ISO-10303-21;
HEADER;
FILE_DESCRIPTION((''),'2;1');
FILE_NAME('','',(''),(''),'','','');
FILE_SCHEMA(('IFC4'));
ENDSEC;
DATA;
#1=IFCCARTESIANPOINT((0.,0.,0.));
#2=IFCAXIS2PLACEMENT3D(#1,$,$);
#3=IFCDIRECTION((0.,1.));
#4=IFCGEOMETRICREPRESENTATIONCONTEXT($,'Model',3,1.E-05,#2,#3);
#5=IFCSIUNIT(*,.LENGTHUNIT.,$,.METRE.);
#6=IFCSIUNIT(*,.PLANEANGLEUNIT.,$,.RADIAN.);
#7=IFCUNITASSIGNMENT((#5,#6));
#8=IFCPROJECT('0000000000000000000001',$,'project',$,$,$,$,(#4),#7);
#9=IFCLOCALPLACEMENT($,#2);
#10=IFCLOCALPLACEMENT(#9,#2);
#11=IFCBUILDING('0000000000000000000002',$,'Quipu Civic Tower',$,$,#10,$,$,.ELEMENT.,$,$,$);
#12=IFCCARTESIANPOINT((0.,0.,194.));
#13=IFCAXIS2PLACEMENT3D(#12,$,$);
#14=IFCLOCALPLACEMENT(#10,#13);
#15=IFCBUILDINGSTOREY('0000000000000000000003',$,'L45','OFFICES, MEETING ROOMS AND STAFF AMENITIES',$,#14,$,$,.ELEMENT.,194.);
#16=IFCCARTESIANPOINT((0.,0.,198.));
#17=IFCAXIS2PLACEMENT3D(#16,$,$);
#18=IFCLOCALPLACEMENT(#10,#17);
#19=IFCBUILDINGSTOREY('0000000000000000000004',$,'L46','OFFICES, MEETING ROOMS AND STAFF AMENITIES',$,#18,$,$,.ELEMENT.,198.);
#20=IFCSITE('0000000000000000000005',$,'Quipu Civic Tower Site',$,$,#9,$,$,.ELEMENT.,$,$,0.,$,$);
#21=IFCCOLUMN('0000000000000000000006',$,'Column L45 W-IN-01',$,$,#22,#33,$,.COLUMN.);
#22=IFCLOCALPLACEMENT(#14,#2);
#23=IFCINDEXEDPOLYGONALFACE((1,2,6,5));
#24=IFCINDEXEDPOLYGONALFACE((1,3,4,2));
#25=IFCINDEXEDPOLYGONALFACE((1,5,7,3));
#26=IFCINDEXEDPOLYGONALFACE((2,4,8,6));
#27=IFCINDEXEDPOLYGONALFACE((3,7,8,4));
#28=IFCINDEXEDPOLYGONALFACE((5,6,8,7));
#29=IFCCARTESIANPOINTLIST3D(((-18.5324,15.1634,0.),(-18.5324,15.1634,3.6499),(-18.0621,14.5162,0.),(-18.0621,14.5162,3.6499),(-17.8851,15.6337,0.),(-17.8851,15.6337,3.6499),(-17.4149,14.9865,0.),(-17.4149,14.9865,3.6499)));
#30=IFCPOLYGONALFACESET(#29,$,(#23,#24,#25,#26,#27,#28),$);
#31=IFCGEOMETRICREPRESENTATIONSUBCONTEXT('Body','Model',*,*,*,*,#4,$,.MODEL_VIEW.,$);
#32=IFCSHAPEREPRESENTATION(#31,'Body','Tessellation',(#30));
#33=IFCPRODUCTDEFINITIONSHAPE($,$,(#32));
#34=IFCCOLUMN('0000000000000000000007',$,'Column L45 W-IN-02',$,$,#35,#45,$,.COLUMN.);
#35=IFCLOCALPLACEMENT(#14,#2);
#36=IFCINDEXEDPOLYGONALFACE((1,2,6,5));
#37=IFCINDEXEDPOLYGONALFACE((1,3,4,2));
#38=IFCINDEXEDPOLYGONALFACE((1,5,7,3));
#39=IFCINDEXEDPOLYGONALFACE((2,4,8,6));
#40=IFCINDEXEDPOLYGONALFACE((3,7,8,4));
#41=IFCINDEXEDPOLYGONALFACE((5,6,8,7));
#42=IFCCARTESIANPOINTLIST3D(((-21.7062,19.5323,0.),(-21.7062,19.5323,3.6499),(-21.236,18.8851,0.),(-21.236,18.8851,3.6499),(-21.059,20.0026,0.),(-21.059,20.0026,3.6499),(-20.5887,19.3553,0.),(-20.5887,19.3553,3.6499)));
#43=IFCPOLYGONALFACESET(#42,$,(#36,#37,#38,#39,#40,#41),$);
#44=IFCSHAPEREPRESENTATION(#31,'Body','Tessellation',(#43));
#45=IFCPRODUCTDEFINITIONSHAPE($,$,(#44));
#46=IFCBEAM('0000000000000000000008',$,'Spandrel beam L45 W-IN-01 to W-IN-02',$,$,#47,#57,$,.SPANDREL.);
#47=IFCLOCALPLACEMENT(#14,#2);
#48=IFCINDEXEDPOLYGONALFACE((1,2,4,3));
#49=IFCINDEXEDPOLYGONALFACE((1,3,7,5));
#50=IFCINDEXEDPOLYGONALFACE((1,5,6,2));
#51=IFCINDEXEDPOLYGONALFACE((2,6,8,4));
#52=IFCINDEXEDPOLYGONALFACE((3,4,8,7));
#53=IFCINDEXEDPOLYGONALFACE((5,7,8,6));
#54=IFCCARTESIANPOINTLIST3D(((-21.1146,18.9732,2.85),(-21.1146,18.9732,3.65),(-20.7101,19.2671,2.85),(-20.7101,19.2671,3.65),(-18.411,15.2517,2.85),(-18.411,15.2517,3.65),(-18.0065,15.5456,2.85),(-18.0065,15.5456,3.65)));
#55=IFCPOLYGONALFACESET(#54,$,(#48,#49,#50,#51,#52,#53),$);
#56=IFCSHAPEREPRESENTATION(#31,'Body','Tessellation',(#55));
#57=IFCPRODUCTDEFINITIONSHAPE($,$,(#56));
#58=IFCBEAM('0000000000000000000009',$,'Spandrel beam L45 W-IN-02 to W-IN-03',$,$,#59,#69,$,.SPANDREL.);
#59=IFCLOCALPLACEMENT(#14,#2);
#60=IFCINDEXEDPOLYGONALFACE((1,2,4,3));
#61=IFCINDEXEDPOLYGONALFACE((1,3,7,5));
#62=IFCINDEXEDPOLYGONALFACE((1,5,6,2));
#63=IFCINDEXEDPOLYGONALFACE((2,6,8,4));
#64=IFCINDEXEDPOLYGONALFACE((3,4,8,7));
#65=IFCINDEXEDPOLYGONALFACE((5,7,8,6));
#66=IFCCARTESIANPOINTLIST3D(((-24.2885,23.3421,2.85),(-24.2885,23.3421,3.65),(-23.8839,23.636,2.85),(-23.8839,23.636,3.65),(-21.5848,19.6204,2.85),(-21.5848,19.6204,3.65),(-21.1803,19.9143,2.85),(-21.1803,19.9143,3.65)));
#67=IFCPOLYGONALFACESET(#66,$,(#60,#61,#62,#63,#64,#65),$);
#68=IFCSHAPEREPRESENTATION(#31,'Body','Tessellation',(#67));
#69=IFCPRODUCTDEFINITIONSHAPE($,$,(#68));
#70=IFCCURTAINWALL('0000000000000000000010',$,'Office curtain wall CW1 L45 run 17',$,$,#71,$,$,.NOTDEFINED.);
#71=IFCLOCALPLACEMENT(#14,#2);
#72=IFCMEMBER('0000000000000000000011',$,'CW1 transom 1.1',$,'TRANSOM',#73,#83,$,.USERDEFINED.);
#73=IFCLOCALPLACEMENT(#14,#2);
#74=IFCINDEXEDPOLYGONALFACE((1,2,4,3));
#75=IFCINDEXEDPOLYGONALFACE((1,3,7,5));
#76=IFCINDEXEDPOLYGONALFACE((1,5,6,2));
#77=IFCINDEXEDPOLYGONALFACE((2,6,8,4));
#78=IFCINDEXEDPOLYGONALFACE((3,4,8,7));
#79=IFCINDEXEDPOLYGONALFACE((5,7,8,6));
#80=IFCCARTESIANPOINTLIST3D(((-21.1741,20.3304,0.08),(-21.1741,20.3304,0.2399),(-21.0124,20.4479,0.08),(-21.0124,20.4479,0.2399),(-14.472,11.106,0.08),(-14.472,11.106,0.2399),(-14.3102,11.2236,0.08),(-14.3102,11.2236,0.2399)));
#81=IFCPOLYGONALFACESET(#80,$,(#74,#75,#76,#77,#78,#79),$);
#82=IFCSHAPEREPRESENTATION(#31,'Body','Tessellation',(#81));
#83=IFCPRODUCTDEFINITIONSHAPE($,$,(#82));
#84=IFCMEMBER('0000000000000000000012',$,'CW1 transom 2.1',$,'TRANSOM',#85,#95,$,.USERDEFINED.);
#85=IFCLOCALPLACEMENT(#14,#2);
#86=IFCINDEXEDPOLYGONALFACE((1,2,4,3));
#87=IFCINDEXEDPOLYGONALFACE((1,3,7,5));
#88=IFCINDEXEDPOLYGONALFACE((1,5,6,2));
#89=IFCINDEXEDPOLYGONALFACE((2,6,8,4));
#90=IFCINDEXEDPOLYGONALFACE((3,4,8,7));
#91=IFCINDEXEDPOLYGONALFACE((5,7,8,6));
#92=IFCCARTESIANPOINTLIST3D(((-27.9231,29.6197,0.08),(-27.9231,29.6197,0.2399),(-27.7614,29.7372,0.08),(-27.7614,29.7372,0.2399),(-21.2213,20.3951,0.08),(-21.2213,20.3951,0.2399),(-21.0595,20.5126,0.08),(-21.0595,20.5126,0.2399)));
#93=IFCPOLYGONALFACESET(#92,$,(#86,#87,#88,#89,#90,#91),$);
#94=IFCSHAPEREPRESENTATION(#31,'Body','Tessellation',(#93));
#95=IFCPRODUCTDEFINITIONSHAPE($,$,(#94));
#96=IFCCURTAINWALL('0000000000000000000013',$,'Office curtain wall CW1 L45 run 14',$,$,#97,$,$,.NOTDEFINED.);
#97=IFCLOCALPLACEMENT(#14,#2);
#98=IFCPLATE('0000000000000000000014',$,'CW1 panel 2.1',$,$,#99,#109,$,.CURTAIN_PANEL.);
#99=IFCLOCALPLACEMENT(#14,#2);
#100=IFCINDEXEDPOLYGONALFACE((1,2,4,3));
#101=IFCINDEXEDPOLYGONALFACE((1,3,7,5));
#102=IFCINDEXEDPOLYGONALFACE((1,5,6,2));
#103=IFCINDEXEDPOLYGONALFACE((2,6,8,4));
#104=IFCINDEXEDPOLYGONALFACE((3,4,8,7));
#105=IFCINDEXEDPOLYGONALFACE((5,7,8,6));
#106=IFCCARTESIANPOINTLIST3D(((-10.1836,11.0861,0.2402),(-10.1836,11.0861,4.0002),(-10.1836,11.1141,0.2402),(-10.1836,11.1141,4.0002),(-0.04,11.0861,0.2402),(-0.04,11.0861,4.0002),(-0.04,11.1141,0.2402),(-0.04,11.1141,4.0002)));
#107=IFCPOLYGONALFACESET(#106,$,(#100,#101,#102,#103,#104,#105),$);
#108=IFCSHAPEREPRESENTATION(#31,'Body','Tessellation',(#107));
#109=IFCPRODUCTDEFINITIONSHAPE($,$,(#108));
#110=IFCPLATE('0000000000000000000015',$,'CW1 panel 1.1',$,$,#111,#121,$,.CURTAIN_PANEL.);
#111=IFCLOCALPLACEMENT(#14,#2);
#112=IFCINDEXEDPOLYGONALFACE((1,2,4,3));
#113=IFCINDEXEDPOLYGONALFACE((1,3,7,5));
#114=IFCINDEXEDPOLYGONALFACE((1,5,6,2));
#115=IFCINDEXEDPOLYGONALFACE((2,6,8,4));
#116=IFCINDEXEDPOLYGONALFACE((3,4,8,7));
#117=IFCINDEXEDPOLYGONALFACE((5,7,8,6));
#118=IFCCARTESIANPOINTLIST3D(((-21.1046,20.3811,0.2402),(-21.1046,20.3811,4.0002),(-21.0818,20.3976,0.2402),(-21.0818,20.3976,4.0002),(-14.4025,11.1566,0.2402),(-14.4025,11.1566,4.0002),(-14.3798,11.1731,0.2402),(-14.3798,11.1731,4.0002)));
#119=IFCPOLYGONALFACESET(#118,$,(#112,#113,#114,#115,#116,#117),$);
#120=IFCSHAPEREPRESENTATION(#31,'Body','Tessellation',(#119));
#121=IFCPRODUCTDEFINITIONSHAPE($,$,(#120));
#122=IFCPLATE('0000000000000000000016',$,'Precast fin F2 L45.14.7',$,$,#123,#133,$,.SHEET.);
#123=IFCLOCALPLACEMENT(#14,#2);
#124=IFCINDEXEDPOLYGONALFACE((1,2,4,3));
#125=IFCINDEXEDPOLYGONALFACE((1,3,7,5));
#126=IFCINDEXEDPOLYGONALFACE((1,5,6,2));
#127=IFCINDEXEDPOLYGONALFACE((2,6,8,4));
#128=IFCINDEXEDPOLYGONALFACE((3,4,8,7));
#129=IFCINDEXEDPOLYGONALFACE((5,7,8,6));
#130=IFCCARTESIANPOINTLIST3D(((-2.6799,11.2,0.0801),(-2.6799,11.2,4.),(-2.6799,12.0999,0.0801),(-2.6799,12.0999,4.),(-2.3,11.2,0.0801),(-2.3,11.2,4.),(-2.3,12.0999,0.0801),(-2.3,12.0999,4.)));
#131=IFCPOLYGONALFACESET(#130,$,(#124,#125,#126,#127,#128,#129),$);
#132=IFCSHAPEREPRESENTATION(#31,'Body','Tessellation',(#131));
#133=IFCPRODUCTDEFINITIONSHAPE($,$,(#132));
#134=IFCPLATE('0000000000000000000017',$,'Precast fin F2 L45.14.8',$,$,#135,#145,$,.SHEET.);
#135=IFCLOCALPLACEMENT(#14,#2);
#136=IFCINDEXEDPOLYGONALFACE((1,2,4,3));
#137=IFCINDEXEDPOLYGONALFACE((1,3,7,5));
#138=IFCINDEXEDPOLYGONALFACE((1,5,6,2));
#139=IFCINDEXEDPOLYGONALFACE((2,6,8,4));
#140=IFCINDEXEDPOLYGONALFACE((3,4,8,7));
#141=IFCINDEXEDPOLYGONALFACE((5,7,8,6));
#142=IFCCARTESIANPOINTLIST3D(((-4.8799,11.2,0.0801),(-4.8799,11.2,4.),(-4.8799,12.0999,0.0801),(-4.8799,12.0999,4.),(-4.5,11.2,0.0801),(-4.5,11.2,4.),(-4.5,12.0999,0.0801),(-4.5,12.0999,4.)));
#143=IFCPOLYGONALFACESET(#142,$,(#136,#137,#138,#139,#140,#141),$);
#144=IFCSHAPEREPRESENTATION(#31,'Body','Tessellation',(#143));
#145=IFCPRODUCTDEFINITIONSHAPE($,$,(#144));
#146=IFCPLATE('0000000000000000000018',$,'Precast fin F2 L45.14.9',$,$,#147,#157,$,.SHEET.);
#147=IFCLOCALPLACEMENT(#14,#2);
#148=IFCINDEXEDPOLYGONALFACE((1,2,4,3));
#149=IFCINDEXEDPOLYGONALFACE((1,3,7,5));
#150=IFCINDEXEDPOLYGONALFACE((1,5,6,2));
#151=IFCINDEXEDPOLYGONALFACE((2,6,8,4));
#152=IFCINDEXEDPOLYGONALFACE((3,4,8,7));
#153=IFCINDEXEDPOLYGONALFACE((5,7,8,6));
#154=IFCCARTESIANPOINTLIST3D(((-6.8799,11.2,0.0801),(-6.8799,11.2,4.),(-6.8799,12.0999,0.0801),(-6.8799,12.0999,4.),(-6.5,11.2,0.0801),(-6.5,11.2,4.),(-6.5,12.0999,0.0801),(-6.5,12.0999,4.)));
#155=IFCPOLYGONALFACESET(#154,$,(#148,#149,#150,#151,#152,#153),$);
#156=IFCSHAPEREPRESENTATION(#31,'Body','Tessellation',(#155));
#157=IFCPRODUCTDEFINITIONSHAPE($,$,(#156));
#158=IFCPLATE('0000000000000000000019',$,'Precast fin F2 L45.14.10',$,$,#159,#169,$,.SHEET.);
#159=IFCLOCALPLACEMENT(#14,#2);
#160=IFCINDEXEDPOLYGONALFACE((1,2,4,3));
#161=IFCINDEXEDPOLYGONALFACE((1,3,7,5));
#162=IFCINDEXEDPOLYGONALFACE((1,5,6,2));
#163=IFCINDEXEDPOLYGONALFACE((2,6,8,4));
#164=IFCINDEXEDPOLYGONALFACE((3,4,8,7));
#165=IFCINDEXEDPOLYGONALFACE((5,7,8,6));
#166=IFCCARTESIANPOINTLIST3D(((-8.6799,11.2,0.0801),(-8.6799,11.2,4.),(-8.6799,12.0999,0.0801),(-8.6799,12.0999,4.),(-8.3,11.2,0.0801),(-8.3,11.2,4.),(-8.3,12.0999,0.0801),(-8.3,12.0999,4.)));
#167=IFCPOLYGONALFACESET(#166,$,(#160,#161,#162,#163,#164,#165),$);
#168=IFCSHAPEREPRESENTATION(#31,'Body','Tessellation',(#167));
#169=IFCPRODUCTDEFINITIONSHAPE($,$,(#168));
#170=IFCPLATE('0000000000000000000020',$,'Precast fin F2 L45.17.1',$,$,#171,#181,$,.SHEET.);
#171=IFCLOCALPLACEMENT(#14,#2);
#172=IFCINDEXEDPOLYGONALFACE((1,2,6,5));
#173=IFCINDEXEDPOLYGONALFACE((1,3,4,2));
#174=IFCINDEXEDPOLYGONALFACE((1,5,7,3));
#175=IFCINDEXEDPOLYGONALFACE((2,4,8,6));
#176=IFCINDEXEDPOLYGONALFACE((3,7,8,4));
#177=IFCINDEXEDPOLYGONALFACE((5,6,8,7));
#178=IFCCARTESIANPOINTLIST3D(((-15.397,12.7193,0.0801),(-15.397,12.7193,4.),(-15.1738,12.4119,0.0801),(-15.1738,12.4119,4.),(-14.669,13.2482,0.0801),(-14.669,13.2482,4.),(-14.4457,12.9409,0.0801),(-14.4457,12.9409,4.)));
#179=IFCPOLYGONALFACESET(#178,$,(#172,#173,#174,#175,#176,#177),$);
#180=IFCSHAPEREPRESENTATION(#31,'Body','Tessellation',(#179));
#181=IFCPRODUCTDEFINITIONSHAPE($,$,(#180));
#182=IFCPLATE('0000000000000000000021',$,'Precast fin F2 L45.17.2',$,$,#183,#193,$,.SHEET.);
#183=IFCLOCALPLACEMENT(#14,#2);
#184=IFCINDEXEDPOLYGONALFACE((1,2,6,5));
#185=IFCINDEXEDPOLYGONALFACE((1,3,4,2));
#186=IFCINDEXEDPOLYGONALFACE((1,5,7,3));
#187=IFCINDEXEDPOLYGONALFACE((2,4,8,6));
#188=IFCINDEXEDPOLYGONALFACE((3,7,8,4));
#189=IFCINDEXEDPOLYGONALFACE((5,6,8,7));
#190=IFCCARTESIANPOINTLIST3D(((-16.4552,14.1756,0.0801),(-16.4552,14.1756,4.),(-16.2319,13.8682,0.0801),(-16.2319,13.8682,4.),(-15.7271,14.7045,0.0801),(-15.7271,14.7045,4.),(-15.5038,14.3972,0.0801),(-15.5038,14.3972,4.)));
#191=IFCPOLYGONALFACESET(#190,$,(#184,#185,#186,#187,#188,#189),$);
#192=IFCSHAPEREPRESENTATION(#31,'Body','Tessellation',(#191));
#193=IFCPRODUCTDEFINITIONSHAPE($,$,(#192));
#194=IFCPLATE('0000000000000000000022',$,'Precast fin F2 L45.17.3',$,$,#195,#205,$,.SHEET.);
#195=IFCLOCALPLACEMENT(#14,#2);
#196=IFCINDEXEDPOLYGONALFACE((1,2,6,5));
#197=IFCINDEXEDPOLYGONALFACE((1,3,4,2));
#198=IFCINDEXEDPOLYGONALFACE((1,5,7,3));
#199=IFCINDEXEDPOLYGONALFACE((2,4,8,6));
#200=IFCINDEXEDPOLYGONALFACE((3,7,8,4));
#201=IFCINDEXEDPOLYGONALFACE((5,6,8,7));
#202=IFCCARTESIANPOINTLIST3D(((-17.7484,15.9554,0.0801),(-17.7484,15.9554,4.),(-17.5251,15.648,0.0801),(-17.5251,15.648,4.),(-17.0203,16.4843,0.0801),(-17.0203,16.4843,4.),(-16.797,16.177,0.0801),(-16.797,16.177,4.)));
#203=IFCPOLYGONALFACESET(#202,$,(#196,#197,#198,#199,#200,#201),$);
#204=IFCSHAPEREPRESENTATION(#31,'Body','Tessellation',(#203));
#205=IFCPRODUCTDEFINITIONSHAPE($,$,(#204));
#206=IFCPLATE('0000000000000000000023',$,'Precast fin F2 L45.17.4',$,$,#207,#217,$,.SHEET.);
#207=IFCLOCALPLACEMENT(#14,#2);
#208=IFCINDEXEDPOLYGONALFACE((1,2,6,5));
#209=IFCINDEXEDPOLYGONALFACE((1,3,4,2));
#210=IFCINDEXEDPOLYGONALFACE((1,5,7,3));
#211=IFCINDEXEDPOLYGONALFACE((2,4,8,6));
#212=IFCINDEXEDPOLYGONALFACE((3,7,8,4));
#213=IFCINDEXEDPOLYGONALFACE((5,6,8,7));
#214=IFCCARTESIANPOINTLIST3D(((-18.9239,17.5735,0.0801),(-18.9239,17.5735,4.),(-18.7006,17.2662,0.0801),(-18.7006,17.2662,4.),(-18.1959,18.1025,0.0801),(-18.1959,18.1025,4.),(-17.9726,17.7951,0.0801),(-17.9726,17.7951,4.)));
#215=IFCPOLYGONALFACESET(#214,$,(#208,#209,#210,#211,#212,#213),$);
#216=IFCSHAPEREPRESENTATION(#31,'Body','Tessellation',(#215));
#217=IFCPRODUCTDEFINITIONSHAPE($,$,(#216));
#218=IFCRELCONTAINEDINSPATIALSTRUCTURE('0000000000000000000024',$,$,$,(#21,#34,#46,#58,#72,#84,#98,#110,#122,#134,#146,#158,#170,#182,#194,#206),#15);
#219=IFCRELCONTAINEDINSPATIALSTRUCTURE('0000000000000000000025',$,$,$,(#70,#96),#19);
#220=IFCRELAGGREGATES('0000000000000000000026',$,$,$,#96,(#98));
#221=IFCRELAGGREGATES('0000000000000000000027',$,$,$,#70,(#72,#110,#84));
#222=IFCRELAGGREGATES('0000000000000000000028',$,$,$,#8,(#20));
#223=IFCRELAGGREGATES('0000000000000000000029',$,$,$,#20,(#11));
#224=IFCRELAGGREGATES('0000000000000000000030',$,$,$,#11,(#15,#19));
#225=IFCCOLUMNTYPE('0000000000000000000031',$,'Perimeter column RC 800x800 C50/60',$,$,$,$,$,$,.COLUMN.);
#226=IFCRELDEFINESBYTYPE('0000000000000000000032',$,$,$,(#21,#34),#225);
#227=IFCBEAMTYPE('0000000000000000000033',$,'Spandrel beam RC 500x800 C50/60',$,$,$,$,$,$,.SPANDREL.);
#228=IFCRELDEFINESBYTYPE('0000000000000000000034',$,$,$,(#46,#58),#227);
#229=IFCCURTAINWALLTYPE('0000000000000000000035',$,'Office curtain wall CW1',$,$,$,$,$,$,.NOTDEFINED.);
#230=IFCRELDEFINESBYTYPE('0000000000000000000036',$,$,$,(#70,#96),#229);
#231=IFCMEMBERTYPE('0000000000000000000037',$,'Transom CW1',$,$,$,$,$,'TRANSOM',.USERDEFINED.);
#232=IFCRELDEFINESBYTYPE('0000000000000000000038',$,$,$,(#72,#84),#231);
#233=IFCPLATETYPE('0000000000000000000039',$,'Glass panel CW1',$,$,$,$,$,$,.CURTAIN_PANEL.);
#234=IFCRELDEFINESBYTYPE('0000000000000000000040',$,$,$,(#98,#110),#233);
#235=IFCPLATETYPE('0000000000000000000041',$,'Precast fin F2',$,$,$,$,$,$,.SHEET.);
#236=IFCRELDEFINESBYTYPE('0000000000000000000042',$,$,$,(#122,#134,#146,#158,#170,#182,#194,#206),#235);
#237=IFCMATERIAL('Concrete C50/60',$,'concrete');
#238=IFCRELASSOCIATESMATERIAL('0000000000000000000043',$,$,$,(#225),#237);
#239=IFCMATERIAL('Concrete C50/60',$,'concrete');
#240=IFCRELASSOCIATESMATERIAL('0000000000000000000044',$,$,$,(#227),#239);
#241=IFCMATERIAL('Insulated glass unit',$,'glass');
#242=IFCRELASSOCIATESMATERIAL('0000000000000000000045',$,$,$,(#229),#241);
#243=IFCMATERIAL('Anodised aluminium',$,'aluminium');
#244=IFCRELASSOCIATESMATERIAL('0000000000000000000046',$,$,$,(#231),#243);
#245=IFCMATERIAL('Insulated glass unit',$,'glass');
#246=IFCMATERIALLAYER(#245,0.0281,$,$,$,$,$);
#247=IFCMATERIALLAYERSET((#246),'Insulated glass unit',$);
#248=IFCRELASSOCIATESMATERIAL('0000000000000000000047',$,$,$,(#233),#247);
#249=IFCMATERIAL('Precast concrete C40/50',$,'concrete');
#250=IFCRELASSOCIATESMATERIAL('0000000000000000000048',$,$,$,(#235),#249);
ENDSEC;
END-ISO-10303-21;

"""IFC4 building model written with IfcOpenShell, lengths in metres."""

from ifc_helpers import new_model, si_unit, direction, frame, origin, origin_2d, place, context, subcontext, project, spatial, rectangle, extrude, material, layer, layer_set, material_profile, profile_set, type_object, element, aggregate, save


model = new_model("IFC4")

# Units and contexts
model_context = context("Model", 3, precision=1e-05, world=origin(), true_north=direction((0.0, 1.0)))
body_context = subcontext(model_context, "Body", "Model", "MODEL_VIEW")
ifc_project = project(units=[si_unit("LENGTHUNIT", "METRE"), si_unit("PLANEANGLEUNIT", "RADIAN")], contexts=[model_context])

# Site, building, storey
site_placement = place(None, origin())
site = spatial("IfcSite", under=ifc_project, at=site_placement, Name="Quipu Civic Tower Site", CompositionType="ELEMENT", RefElevation=0.0)
building_placement = place(site_placement, origin())
building = spatial("IfcBuilding", under=site, at=building_placement, Name="Quipu Civic Tower", CompositionType="ELEMENT")
storey_1_placement = place(building_placement, frame((0.0, 0.0, 194.0)))
storey_1 = spatial("IfcBuildingStorey", under=building, at=storey_1_placement, Name="L45", Description="OFFICES, MEETING ROOMS AND STAFF AMENITIES", CompositionType="ELEMENT", Elevation=194.0)

# Columns
ifc_material_1 = material(Name="Concrete C50/60", Category="concrete")
ifc_material_profile_1 = material_profile(ifc_material_1, rectangle(XDim=0.8, YDim=0.8, at=origin_2d()), Name="RC800x800")
ifc_profile_set_1 = profile_set([ifc_material_profile_1], Name="Concrete C50/60")
column_type = type_object("IfcColumnType", Name="Perimeter column RC 800x800 C50/60", PredefinedType="COLUMN", material=ifc_profile_set_1)
for number, where, z_axis, x_axis, name in (
    (1, (-17.9736, 15.075, 0.0), (0.0, 0.0, 1.0), (-0.587785, 0.809017, 0.0), "Column L45 W-IN-01"),
    (2, (-21.1475, 19.4438, 0.0), (0.0, 0.0, 1.0), (-0.587785, 0.809017, 0.0), "Column L45 W-IN-02"),
):
    element("IfcColumn", number, at=place(storey_1_placement, frame(where, z_axis=z_axis, x_axis=x_axis)), inside=storey_1, type_object=column_type, Name=name, PredefinedType="COLUMN", context=body_context, shape_type="SweptSolid", body=[
        extrude(rectangle(XDim=0.8, YDim=0.8, at=origin_2d()), origin(), (0.0, 0.0, 1.0), 3.6499),
    ])

# Beams
ifc_material_2 = material(Name="Concrete C50/60", Category="concrete")
ifc_material_profile_2 = material_profile(ifc_material_2, rectangle(XDim=0.5, YDim=0.8, at=origin_2d()), Name="RC500x800")
ifc_profile_set_2 = profile_set([ifc_material_profile_2], Name="Concrete C50/60")
beam_type = type_object("IfcBeamType", Name="Spandrel beam RC 500x800 C50/60", PredefinedType="SPANDREL", material=ifc_profile_set_2)
beam_1_placement = place(storey_1_placement, frame((-18.2087, 15.3987, 3.25), z_axis=(-0.587761, 0.809034, 0.0), x_axis=(-0.809034, -0.587761, 0.0)))
element("IfcBeam", 3, at=beam_1_placement, inside=storey_1, type_object=beam_type, Name="Spandrel beam L45 W-IN-01 to W-IN-02", PredefinedType="SPANDREL", context=body_context, shape_type="SweptSolid", body=[
    extrude(rectangle(XDim=0.5, YDim=0.8, at=origin_2d()), origin(), (0.0, 0.0, 1.0), 4.5999),
])
beam_2_placement = place(storey_1_placement, frame((-21.3826, 19.7673, 3.25), z_axis=(-0.587736, 0.809053, 0.0), x_axis=(-0.809053, -0.587736, 0.0)))
element("IfcBeam", 4, at=beam_2_placement, inside=storey_1, type_object=beam_type, Name="Spandrel beam L45 W-IN-02 to W-IN-03", PredefinedType="SPANDREL", context=body_context, shape_type="SweptSolid", body=[
    extrude(rectangle(XDim=0.5, YDim=0.8, at=origin_2d()), origin(), (0.0, 0.0, 1.0), 4.6001),
])

# Shared definitions
storey_2_placement = place(building_placement, frame((0.0, 0.0, 198.0)))
storey_2 = spatial("IfcBuildingStorey", under=building, at=storey_2_placement, Name="L46", Description="OFFICES, MEETING ROOMS AND STAFF AMENITIES", CompositionType="ELEMENT", Elevation=198.0)

# Curtain wall, members
ifc_material_3 = material(Name="Insulated glass unit", Category="glass")
curtain_wall_type = type_object("IfcCurtainWallType", Name="Office curtain wall CW1", PredefinedType="NOTDEFINED", material=ifc_material_3)
curtain_wall_1_placement = place(storey_2_placement, origin())
curtain_wall_1 = element("IfcCurtainWall", 5, at=curtain_wall_1_placement, inside=storey_2, type_object=curtain_wall_type, Name="Office curtain wall CW1 L45 run 17", PredefinedType="NOTDEFINED")
ifc_material_4 = material(Name="Anodised aluminium", Category="aluminium")
ifc_material_profile_3 = material_profile(ifc_material_4, rectangle(XDim=0.2, YDim=0.1599, at=origin_2d()), Name="RECT 200x160")
ifc_profile_set_3 = profile_set([ifc_material_profile_3], Name="Anodised aluminium")
member_type = type_object("IfcMemberType", Name="Transom CW1", ElementType="TRANSOM", PredefinedType="USERDEFINED", material=ifc_profile_set_3)
member_1_placement = place(storey_1_placement, frame((-14.3911, 11.1648, 0.1599), z_axis=(-0.5878, 0.809006, 0.0), x_axis=(-0.809006, -0.5878, 0.0)))
member_1 = element("IfcMember", 6, at=member_1_placement, inside=storey_1, type_object=member_type, Name="CW1 transom 1.1", ObjectType="TRANSOM", PredefinedType="USERDEFINED", context=body_context, shape_type="SweptSolid", body=[
    extrude(rectangle(XDim=0.2, YDim=0.1599, at=origin_2d()), origin(), (0.0, 0.0, 1.0), 11.4021),
])
member_2_placement = place(storey_1_placement, frame((-21.1404, 20.4539, 0.1599), z_axis=(-0.587776, 0.809024, 0.0), x_axis=(-0.809024, -0.587776, 0.0)))
member_2 = element("IfcMember", 7, at=member_2_placement, inside=storey_1, type_object=member_type, Name="CW1 transom 2.1", ObjectType="TRANSOM", PredefinedType="USERDEFINED", context=body_context, shape_type="SweptSolid", body=[
    extrude(rectangle(XDim=0.2, YDim=0.1599, at=origin_2d()), origin(), (0.0, 0.0, 1.0), 11.4021),
])

# Curtain wall, plate
curtain_wall_2_placement = place(storey_2_placement, origin())
curtain_wall_2 = element("IfcCurtainWall", 8, at=curtain_wall_2_placement, inside=storey_2, type_object=curtain_wall_type, Name="Office curtain wall CW1 L45 run 14", PredefinedType="NOTDEFINED")
ifc_material_5 = material(Name="Insulated glass unit", Category="glass")
ifc_layer_1 = layer(ifc_material_5, 0.0281)
ifc_layer_set_1 = layer_set([ifc_layer_1], Name="Insulated glass unit")
plate_type_1 = type_object("IfcPlateType", Name="Glass panel CW1", PredefinedType="CURTAIN_PANEL", material=ifc_layer_set_1)
plate_1_placement = place(storey_1_placement, frame((-5.1118, 11.1001, 0.2402), z_axis=(0.0, 0.0, 1.0), x_axis=(-1.0, 0.0, 0.0)))
plate_1 = element("IfcPlate", 9, at=plate_1_placement, inside=storey_1, type_object=plate_type_1, Name="CW1 panel 2.1", PredefinedType="CURTAIN_PANEL", context=body_context, shape_type="SweptSolid", body=[
    extrude(rectangle(XDim=10.1436, YDim=0.0281, at=origin_2d()), origin(), (0.0, 0.0, 1.0), 3.76),
])
aggregate(curtain_wall_2, [plate_1])

# Plate
plate_2_placement = place(storey_1_placement, frame((-17.7422, 15.7771, 0.2402), z_axis=(0.0, 0.0, 1.0), x_axis=(-0.587789, 0.809014, 0.0)))
plate_2 = element("IfcPlate", 10, at=plate_2_placement, inside=storey_1, type_object=plate_type_1, Name="CW1 panel 1.1", PredefinedType="CURTAIN_PANEL", context=body_context, shape_type="SweptSolid", body=[
    extrude(rectangle(XDim=11.4021, YDim=0.0281, at=origin_2d()), origin(), (0.0, 0.0, 1.0), 3.76),
])
aggregate(curtain_wall_1, [member_1, plate_2, member_2])

# Plates
ifc_material_6 = material(Name="Precast concrete C40/50", Category="concrete")
plate_type_2 = type_object("IfcPlateType", Name="Precast fin F2", PredefinedType="SHEET", material=ifc_material_6)
for number, where, z_axis, x_axis, name in (
    (11, (-2.49, 11.6499, 0.0801), (0.0, 0.0, 1.0), (-1.0, 0.0, 0.0), "Precast fin F2 L45.14.7"),
    (12, (-4.6899, 11.6499, 0.0801), (0.0, 0.0, 1.0), (-1.0, 0.0, 0.0), "Precast fin F2 L45.14.8"),
    (13, (-6.6899, 11.6499, 0.0801), (0.0, 0.0, 1.0), (-1.0, 0.0, 0.0), "Precast fin F2 L45.14.9"),
    (14, (-8.49, 11.6499, 0.0801), (0.0, 0.0, 1.0), (-1.0, 0.0, 0.0), "Precast fin F2 L45.14.10"),
    (15, (-14.9214, 12.8301, 0.0801), (0.0, 0.0, 1.0), (-0.587787, 0.809016, 0.0), "Precast fin F2 L45.17.1"),
    (16, (-15.9795, 14.2864, 0.0801), (0.0, 0.0, 1.0), (-0.587787, 0.809016, 0.0), "Precast fin F2 L45.17.2"),
    (17, (-17.2727, 16.0662, 0.0801), (0.0, 0.0, 1.0), (-0.587787, 0.809016, 0.0), "Precast fin F2 L45.17.3"),
    (18, (-18.4482, 17.6843, 0.0801), (0.0, 0.0, 1.0), (-0.587787, 0.809016, 0.0), "Precast fin F2 L45.17.4"),
):
    element("IfcPlate", number, at=place(storey_1_placement, frame(where, z_axis=z_axis, x_axis=x_axis)), inside=storey_1, type_object=plate_type_2, Name=name, PredefinedType="SHEET", context=body_context, shape_type="SweptSolid", body=[
        extrude(rectangle(XDim=0.3799, YDim=0.8999, at=origin_2d()), origin(), (0.0, 0.0, 1.0), 3.9199),
    ])

save(model, "model.ifc")
